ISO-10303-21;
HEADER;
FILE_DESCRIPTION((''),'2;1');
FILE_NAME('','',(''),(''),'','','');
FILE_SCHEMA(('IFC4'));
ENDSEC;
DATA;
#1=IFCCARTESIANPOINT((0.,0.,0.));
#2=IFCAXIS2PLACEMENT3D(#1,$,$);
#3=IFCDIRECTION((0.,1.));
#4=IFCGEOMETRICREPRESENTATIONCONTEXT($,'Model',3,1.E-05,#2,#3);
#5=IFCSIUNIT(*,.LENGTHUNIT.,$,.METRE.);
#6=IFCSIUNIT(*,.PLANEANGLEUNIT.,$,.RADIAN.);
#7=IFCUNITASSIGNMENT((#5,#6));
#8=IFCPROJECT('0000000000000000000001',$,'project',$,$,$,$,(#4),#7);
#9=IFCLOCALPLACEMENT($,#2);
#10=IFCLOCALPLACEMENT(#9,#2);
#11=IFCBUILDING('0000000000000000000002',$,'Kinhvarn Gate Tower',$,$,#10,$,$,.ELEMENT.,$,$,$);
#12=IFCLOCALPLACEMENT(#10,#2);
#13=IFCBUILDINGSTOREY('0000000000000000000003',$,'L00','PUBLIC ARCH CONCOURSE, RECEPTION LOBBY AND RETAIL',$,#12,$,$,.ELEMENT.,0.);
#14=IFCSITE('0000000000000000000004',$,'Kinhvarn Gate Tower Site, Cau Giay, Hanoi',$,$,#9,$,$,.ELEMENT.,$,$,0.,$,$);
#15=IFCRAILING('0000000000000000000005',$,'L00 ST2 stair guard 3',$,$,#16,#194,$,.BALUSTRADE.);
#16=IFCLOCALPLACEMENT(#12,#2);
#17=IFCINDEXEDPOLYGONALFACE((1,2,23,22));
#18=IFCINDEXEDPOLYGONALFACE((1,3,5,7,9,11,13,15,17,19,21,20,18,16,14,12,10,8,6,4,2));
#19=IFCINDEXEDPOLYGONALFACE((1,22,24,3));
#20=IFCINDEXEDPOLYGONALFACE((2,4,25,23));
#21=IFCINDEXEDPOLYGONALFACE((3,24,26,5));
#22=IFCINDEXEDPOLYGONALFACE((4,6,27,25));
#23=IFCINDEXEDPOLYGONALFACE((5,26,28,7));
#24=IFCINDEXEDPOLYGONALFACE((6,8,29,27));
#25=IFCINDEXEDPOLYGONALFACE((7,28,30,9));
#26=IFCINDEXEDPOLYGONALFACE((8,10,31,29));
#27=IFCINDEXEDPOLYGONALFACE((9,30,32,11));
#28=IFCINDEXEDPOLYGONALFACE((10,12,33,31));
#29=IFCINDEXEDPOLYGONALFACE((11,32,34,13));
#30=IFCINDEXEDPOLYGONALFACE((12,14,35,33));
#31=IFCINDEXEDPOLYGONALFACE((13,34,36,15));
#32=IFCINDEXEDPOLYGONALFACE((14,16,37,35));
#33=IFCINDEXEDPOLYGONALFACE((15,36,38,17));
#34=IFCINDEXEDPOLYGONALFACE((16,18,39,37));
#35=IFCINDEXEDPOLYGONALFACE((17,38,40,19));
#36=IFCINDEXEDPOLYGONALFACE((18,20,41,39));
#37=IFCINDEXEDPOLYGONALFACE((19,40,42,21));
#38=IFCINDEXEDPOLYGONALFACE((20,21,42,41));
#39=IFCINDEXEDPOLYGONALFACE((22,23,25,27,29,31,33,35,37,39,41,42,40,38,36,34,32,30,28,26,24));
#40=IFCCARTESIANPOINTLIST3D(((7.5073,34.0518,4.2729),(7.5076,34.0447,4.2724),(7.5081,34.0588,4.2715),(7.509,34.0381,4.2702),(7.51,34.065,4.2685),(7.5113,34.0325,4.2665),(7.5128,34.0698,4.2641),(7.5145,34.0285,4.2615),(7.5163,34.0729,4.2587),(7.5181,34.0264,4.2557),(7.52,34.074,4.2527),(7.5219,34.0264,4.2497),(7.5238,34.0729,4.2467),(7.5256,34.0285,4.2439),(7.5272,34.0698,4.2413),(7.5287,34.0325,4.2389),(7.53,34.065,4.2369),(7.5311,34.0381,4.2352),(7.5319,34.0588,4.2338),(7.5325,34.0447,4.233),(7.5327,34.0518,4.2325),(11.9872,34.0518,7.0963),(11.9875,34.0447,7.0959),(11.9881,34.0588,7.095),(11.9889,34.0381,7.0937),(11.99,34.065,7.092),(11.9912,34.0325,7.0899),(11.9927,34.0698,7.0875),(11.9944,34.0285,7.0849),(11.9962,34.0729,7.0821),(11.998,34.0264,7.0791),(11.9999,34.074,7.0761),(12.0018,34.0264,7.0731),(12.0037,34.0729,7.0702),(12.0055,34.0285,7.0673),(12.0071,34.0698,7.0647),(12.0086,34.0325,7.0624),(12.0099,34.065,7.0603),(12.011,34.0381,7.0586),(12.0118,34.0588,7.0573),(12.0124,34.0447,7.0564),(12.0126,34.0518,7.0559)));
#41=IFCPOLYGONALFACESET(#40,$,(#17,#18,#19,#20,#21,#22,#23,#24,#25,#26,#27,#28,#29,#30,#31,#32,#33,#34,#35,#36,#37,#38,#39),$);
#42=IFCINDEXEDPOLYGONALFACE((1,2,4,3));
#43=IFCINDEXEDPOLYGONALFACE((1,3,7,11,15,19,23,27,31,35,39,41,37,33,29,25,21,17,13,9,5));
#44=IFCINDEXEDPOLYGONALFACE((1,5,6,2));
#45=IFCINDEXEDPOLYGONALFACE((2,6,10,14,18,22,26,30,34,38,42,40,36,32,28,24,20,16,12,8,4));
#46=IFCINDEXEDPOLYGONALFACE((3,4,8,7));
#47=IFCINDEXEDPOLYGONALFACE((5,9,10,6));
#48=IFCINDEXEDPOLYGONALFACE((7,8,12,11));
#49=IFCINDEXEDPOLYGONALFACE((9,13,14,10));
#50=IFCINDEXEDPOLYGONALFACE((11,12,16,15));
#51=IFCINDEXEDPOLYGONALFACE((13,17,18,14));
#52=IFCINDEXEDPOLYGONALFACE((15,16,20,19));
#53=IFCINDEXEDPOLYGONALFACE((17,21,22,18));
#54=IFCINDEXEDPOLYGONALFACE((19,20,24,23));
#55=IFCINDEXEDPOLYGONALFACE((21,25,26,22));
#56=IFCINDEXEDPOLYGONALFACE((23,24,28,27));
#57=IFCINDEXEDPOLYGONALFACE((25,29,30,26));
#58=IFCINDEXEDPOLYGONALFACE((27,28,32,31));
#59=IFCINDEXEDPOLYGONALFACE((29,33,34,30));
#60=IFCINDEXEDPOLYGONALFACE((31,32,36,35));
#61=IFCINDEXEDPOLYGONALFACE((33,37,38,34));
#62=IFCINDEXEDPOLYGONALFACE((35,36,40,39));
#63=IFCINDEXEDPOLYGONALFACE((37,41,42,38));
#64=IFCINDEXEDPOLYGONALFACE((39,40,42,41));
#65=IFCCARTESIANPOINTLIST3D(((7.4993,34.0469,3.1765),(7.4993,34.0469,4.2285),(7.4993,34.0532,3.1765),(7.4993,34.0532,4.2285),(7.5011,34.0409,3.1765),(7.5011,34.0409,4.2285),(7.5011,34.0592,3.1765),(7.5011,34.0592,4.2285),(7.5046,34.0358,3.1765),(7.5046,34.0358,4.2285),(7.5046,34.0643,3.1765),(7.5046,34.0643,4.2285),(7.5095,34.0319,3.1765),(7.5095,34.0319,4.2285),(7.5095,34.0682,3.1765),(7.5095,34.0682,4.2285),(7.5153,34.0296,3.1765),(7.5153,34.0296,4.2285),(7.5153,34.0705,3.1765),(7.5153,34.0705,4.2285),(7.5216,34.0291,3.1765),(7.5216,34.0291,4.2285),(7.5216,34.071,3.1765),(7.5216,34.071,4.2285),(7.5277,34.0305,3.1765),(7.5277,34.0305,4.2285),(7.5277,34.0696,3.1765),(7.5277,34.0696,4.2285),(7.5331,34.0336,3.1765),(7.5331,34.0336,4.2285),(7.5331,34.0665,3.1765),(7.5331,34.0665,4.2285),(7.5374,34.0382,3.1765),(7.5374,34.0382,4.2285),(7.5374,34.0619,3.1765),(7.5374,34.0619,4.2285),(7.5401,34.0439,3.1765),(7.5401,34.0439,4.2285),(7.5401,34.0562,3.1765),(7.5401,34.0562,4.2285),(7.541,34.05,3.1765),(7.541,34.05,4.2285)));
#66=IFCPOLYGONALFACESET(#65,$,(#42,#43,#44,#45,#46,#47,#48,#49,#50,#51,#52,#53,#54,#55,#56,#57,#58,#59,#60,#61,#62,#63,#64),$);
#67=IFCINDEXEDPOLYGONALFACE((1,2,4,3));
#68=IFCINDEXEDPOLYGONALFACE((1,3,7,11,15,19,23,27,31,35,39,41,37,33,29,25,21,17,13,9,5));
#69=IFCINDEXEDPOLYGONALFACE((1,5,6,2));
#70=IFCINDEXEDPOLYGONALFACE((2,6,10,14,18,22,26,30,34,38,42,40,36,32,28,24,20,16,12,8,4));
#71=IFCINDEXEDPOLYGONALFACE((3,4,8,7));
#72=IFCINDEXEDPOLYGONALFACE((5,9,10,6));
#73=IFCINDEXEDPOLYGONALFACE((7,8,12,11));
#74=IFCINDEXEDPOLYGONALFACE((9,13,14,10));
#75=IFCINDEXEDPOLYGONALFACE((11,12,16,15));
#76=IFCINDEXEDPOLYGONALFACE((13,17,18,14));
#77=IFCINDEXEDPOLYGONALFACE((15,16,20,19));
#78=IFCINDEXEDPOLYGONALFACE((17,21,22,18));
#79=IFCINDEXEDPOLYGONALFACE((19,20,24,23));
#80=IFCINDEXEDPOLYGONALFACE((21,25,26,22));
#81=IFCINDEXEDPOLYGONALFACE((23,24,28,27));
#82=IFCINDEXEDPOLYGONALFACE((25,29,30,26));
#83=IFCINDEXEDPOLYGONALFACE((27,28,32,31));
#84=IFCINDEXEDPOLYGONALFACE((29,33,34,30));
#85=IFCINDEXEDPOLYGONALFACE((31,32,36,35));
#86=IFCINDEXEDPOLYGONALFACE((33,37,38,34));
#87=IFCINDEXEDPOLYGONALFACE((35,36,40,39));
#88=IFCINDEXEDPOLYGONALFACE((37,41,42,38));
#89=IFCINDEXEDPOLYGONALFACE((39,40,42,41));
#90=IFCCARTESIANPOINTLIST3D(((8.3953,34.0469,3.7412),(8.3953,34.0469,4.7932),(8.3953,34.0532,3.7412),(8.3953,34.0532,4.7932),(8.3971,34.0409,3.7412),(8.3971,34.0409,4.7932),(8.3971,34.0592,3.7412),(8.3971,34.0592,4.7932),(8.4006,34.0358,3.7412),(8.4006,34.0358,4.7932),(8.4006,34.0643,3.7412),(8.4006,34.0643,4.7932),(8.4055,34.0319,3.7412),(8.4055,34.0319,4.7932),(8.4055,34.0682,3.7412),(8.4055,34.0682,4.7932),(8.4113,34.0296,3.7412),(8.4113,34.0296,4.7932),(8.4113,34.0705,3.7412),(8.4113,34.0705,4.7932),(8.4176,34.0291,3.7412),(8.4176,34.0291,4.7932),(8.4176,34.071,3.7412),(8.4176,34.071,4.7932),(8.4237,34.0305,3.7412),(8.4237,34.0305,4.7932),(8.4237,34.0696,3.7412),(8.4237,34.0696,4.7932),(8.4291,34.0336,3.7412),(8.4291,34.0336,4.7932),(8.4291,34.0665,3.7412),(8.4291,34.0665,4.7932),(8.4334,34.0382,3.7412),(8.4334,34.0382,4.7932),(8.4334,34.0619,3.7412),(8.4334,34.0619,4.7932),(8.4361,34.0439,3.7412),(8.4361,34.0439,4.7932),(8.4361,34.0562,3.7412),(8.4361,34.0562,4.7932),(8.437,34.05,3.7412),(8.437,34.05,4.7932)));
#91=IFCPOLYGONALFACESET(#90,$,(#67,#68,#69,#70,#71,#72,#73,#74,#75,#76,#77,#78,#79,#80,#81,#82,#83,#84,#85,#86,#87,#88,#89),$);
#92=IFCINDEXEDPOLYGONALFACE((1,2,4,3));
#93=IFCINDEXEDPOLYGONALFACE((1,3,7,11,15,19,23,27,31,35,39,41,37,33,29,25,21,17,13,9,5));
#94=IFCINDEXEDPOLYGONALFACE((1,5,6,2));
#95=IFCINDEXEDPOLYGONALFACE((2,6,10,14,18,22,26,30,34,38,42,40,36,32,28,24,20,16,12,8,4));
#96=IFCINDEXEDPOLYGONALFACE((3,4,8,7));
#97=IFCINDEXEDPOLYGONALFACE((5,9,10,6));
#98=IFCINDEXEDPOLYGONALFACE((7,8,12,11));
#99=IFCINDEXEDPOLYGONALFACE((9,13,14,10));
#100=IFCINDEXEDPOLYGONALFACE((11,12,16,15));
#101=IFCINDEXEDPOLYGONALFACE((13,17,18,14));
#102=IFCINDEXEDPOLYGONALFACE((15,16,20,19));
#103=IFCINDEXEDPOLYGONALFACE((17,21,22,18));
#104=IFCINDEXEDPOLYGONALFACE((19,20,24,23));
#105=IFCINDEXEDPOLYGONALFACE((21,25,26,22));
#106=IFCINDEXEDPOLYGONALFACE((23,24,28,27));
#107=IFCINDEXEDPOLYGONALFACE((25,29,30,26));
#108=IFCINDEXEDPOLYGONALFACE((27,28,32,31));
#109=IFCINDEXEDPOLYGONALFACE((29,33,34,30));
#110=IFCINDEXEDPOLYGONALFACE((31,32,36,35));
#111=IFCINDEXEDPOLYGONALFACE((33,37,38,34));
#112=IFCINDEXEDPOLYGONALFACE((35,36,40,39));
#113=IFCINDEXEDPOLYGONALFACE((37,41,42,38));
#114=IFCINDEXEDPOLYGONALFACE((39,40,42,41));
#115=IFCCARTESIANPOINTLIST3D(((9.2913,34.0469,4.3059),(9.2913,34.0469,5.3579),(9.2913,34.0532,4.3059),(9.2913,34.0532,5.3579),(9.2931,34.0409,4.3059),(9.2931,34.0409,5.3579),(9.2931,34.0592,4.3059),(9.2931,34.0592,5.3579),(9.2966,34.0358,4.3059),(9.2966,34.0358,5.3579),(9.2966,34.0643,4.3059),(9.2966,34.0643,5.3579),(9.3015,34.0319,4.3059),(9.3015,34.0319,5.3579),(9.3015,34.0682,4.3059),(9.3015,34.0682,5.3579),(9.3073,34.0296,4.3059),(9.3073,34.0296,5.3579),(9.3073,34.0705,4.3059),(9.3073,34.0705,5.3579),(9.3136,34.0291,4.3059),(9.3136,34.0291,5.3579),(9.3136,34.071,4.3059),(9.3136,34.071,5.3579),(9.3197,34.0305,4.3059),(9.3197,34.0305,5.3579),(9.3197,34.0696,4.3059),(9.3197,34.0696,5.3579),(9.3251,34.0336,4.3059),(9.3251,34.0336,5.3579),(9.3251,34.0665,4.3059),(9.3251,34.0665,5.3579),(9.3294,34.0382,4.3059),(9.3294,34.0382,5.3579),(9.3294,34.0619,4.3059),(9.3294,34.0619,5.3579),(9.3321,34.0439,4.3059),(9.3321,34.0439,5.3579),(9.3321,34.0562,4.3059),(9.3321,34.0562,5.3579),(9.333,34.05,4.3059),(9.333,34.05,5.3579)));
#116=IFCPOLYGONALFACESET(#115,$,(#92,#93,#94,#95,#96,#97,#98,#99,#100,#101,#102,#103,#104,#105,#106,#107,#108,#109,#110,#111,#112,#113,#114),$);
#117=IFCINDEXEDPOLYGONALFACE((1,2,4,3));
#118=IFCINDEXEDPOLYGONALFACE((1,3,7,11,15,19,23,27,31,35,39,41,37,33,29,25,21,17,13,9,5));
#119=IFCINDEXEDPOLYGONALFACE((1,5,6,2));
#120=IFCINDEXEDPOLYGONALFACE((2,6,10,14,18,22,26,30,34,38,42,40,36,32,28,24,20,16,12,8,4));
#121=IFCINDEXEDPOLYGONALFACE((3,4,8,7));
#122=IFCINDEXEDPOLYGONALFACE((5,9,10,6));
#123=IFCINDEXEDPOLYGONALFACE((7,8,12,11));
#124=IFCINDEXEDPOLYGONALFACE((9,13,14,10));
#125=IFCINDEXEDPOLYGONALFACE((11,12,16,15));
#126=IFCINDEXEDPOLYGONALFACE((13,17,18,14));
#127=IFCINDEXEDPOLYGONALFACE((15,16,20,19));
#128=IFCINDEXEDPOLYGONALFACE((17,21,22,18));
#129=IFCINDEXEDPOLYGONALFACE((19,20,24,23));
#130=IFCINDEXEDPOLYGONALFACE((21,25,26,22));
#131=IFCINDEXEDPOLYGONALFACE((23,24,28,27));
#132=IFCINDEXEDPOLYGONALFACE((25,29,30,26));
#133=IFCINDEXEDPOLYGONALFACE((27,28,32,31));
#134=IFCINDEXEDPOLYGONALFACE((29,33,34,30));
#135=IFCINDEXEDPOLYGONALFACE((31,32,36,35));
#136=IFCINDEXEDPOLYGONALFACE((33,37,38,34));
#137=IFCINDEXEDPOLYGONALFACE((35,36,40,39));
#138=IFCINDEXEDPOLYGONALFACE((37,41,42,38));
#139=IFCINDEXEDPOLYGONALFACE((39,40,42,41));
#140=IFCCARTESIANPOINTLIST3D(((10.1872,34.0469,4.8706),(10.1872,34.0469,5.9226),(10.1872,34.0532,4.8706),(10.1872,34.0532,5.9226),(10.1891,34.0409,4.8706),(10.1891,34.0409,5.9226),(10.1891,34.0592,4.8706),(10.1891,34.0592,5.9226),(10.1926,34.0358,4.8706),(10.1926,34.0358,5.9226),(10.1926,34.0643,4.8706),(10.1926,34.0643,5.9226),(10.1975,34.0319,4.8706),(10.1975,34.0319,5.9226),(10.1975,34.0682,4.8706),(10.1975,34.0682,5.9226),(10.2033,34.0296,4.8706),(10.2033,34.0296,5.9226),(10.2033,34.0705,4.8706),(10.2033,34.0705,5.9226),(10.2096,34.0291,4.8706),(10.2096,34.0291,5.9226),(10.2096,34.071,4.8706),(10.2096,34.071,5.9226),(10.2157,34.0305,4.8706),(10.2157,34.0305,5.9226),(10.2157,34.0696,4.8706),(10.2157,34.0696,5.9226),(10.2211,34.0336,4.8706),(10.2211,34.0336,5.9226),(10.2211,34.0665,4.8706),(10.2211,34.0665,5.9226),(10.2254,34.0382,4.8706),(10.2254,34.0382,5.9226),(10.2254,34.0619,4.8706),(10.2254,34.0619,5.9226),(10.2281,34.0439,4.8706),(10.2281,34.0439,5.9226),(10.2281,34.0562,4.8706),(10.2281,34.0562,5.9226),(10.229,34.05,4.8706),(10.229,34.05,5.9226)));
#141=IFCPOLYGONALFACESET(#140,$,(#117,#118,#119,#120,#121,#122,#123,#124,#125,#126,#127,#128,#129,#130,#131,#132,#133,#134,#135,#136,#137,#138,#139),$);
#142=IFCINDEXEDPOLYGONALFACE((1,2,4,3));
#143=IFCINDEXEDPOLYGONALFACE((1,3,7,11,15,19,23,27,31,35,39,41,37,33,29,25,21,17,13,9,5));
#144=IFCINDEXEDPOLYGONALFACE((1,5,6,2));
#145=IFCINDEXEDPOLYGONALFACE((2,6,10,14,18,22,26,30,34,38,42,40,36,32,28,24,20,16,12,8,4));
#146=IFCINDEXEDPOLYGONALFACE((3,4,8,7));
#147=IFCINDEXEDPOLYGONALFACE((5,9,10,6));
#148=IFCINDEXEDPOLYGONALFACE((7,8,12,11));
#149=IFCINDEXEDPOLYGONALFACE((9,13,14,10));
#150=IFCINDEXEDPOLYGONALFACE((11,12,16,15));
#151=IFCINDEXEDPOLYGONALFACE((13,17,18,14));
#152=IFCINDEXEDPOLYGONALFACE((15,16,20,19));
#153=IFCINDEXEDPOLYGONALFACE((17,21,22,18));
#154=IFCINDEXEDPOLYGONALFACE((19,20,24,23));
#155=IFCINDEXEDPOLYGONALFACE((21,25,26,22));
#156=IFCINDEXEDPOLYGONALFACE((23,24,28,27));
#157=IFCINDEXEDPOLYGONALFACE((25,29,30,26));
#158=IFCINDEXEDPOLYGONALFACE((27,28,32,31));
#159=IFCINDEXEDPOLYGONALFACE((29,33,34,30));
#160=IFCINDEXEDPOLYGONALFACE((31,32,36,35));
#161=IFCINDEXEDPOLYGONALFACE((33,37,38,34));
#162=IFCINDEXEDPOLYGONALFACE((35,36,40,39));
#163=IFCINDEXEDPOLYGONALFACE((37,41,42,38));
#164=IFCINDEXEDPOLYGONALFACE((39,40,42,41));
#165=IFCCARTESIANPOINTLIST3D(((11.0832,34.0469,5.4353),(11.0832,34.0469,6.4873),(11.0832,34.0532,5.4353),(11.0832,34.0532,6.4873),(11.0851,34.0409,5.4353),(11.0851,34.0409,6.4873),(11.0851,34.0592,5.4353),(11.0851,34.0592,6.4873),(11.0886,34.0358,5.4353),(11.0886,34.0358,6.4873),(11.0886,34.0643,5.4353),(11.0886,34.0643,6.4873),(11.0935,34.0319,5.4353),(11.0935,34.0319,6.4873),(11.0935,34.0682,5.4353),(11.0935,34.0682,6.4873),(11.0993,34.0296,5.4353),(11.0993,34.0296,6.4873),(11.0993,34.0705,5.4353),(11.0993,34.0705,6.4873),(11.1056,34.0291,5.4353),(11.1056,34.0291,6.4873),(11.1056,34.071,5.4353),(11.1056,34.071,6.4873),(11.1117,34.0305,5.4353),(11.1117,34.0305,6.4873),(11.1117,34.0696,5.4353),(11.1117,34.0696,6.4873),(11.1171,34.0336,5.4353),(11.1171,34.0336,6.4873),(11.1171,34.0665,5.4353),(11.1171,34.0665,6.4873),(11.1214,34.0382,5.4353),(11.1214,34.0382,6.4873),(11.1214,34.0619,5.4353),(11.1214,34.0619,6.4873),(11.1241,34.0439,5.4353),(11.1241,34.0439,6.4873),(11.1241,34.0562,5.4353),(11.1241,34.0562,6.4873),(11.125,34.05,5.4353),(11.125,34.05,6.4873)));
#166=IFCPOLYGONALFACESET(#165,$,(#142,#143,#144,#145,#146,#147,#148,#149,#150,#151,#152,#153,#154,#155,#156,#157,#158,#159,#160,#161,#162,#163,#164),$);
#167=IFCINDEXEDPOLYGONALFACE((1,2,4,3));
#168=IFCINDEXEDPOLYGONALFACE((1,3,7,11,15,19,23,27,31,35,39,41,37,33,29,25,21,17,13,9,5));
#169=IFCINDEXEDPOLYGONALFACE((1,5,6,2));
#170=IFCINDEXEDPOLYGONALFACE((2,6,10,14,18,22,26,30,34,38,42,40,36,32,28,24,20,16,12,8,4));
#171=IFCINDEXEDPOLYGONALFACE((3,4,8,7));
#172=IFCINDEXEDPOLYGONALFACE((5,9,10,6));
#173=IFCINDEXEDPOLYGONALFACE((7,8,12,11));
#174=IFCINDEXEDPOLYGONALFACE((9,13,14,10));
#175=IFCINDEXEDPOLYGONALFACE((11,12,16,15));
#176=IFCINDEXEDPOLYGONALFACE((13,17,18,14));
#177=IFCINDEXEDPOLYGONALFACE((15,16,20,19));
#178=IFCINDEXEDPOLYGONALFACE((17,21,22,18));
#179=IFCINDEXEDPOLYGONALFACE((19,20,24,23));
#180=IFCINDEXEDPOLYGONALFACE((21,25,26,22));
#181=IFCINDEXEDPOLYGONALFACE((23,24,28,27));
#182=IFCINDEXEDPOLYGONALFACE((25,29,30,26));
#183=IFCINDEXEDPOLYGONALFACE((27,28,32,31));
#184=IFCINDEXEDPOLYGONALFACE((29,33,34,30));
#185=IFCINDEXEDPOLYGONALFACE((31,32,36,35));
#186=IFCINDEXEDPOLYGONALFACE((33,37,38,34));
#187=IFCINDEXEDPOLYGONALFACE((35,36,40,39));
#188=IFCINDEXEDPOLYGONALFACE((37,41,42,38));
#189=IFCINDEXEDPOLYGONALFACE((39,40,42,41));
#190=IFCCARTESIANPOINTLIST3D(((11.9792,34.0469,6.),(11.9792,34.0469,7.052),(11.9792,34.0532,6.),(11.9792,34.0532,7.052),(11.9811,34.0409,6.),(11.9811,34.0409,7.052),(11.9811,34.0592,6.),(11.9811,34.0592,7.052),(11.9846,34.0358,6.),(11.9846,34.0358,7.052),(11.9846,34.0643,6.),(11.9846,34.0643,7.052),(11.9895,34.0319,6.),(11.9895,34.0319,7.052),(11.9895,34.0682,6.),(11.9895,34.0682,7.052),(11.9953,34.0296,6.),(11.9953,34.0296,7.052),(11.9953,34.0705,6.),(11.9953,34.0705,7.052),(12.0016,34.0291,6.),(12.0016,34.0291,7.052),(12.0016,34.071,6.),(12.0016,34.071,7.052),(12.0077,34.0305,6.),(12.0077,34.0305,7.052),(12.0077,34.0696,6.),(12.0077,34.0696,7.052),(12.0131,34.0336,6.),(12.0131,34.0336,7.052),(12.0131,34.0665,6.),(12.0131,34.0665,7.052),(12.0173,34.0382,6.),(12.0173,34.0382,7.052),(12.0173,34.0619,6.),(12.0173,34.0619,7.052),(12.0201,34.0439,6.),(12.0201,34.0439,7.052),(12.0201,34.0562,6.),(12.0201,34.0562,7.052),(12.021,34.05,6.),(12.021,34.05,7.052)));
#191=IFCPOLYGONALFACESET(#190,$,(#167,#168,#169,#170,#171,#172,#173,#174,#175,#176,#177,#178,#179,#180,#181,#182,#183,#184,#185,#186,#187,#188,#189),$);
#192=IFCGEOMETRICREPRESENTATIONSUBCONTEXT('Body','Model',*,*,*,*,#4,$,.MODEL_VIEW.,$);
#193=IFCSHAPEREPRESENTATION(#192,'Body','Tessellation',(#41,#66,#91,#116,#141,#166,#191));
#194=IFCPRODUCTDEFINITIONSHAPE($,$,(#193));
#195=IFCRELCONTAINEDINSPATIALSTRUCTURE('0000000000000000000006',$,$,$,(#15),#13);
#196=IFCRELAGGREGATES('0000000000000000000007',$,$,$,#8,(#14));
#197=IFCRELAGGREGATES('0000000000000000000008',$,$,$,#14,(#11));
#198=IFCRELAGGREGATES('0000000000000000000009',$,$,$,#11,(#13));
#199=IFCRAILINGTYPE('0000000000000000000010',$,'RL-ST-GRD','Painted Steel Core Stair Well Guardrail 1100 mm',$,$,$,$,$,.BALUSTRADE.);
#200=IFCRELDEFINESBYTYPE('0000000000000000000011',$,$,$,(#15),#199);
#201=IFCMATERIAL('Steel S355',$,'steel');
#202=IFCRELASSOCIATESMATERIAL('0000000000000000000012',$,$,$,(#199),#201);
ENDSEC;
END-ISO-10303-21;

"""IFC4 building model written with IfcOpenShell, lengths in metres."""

from ifc_helpers import new_model, si_unit, direction, frame, origin, origin_2d, place, context, subcontext, project, spatial, circle, extrude, material, type_object, element, save


model = new_model("IFC4")

# Units and contexts
model_context = context("Model", 3, precision=1e-05, world=origin(), true_north=direction((0.0, 1.0)))
body_context = subcontext(model_context, "Body", "Model", "MODEL_VIEW")
ifc_project = project(units=[si_unit("LENGTHUNIT", "METRE"), si_unit("PLANEANGLEUNIT", "RADIAN")], contexts=[model_context])

# Site, building, storey
site_placement = place(None, origin())
site = spatial("IfcSite", under=ifc_project, at=site_placement, Name="Kinhvarn Gate Tower Site, Cau Giay, Hanoi", CompositionType="ELEMENT", RefElevation=0.0)
building_placement = place(site_placement, origin())
building = spatial("IfcBuilding", under=site, at=building_placement, Name="Kinhvarn Gate Tower", CompositionType="ELEMENT")
storey_placement = place(building_placement, origin())
storey = spatial("IfcBuildingStorey", under=building, at=storey_placement, Name="L00", Description="PUBLIC ARCH CONCOURSE, RECEPTION LOBBY AND RETAIL", CompositionType="ELEMENT", Elevation=0.0)

# Shared definitions
ifc_material_1 = material(Name="Steel S355", Category="steel")

# Railing
railing_type_1 = type_object("IfcRailingType", Name="RL-ST-GRD", Description="Painted Steel Core Stair Well Guardrail 1100 mm", PredefinedType="BALUSTRADE", material=ifc_material_1)
railing_1_placement = place(storey_placement, frame((7.52, 34.05, 3.1765)))
element("IfcRailing", 1, at=railing_1_placement, inside=storey, type_object=railing_type_1, Name="L00 ST2 stair guard 3", PredefinedType="BALUSTRADE", context=body_context, shape_type="SweptSolid", body=[
    extrude(circle(Radius=0.0239, at=origin_2d()), frame((0.0, 0.0, 1.0762), z_axis=(0.845998, 0.0, 0.533186), x_axis=(0.0, 1.0, 0.0)), (0.0, 0.0, 1.0), 5.2954),
    extrude(circle(Radius=0.021, at=origin_2d()), origin(), (0.0, 0.0, 1.0), 1.052),
    extrude(circle(Radius=0.021, at=origin_2d()), frame((0.896, 0.0, 0.5647)), (0.0, 0.0, 1.0), 1.052),
    extrude(circle(Radius=0.021, at=origin_2d()), frame((1.792, 0.0, 1.1294)), (0.0, 0.0, 1.0), 1.052),
    extrude(circle(Radius=0.021, at=origin_2d()), frame((2.688, 0.0, 1.6941)), (0.0, 0.0, 1.0), 1.052),
    extrude(circle(Radius=0.021, at=origin_2d()), frame((3.584, 0.0, 2.2588)), (0.0, 0.0, 1.0), 1.052),
    extrude(circle(Radius=0.021, at=origin_2d()), frame((4.48, 0.0, 2.8235)), (0.0, 0.0, 1.0), 1.052),
])

save(model, "model.ifc")
